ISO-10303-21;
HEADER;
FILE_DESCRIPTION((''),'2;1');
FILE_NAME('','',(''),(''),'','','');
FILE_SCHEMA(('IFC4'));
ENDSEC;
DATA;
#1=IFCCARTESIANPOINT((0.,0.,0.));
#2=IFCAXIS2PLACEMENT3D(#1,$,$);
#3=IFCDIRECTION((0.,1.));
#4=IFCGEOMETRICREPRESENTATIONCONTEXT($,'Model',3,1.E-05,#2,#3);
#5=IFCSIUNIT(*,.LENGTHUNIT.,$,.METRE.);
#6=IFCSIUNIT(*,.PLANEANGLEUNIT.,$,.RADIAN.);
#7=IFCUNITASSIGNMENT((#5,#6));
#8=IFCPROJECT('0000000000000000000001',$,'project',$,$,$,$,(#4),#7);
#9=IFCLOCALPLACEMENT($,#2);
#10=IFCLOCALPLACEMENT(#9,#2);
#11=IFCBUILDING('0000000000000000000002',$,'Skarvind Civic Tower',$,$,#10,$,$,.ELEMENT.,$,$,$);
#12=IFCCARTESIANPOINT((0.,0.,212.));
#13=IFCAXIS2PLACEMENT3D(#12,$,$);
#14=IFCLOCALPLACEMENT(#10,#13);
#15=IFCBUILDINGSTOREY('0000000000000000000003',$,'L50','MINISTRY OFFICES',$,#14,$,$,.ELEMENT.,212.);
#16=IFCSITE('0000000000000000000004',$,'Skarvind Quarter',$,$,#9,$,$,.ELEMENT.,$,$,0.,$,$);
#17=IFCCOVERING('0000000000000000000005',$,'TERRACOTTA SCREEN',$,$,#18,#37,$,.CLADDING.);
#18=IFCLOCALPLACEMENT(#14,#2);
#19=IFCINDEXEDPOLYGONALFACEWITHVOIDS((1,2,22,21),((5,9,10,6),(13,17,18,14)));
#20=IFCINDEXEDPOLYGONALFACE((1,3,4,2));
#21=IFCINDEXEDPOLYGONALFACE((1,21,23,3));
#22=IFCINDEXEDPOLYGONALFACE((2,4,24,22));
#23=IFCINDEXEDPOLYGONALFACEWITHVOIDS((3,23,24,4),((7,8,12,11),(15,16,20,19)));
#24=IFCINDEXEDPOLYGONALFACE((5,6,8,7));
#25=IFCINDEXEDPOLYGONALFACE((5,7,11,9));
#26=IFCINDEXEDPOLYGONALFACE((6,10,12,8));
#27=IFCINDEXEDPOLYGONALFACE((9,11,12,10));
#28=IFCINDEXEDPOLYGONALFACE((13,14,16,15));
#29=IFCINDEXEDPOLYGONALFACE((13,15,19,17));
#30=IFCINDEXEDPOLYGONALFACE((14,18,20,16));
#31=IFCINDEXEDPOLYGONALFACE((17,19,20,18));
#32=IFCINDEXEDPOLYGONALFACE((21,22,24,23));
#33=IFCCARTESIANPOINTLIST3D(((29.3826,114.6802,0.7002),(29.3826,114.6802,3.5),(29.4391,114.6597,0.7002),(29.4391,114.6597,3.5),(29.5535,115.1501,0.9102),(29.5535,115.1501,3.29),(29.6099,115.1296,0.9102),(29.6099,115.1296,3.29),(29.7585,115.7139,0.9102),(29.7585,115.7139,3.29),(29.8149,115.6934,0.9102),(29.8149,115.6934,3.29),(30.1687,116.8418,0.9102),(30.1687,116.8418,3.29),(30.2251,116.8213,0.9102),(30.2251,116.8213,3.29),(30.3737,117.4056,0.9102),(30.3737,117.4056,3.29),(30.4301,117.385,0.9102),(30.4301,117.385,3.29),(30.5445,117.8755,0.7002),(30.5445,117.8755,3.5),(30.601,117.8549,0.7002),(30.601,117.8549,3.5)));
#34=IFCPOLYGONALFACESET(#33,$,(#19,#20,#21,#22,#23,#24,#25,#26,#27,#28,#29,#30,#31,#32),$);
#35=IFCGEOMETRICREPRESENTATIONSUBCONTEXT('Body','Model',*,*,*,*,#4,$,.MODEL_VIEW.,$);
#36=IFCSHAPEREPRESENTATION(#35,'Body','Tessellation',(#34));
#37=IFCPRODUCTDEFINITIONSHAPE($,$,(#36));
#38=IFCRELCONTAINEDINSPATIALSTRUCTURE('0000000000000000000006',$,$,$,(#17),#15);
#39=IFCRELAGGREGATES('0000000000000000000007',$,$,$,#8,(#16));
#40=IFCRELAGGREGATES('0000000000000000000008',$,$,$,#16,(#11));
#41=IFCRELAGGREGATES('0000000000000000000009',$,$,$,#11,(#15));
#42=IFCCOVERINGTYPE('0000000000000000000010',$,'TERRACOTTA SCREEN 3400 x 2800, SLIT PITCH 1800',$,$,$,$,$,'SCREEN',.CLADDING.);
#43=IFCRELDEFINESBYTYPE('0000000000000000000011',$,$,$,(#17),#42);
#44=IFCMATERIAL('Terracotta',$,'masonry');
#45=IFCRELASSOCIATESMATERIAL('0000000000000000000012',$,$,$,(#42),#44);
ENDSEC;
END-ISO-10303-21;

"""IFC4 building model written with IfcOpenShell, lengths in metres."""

from ifc_helpers import new_model, si_unit, direction, frame, origin, place, context, subcontext, project, spatial, polyline, outline, extrude, material, material_profile, profile_set, type_object, element, save


model = new_model("IFC4")

# Units and contexts
model_context = context("Model", 3, precision=1e-05, world=origin(), true_north=direction((0.0, 1.0)))
body_context = subcontext(model_context, "Body", "Model", "MODEL_VIEW")
ifc_project = project(units=[si_unit("LENGTHUNIT", "METRE"), si_unit("PLANEANGLEUNIT", "RADIAN")], contexts=[model_context])

# Site, building, storey
site_placement = place(None, origin())
site = spatial("IfcSite", under=ifc_project, at=site_placement, Name="Skarvind Quarter", CompositionType="ELEMENT", RefElevation=0.0)
building_placement = place(site_placement, origin())
building = spatial("IfcBuilding", under=site, at=building_placement, Name="Skarvind Civic Tower", CompositionType="ELEMENT")
storey_placement = place(building_placement, frame((0.0, 0.0, 212.0)))
storey = spatial("IfcBuildingStorey", under=building, at=storey_placement, Name="L50", Description="MINISTRY OFFICES", CompositionType="ELEMENT", Elevation=212.0)

# Covering
ifc_material_1 = material(Name="Terracotta", Category="masonry")
ifc_material_profile_1 = material_profile(ifc_material_1, outline(polyline([(-1.7, -1.3999), (1.7, -1.3999), (1.7, 1.3999), (-1.7, 1.3999), (-1.7, -1.3999)]), holes=[polyline([(-1.2, -1.1899), (-0.6001, -1.1899), (-0.6001, 1.1899), (-1.2, 1.1899), (-1.2, -1.1899)]), polyline([(0.6001, -1.1899), (1.2, -1.1899), (1.2, 1.1899), (0.6001, 1.1899), (0.6001, -1.1899)])]), Name="TERRACOTTA SCREEN 3400 x 2800, SLIT PITCH 1800")
ifc_profile_set_1 = profile_set([ifc_material_profile_1], Name="Terracotta")
covering_type = type_object("IfcCoveringType", Name="TERRACOTTA SCREEN 3400 x 2800, SLIT PITCH 1800", ElementType="SCREEN", PredefinedType="CLADDING", material=ifc_profile_set_1)
covering_placement = place(storey_placement, frame((30.02, 116.2573, 2.1001), z_axis=(-0.939793, 0.341743, 0.0), x_axis=(-0.341743, -0.939793, 0.0)))
element("IfcCovering", 1, at=covering_placement, inside=storey, type_object=covering_type, Name="TERRACOTTA SCREEN", PredefinedType="CLADDING", context=body_context, shape_type="SweptSolid", body=[
    extrude(outline(polyline([(-1.7, -1.3999), (1.7, -1.3999), (1.7, 1.3999), (-1.7, 1.3999), (-1.7, -1.3999)]), holes=[polyline([(-1.2, -1.1899), (-0.6001, -1.1899), (-0.6001, 1.1899), (-1.2, 1.1899), (-1.2, -1.1899)]), polyline([(0.6001, -1.1899), (1.2, -1.1899), (1.2, 1.1899), (0.6001, 1.1899), (0.6001, -1.1899)])]), origin(), (0.0, 0.0, 1.0), 0.0601),
])

save(model, "model.ifc")
